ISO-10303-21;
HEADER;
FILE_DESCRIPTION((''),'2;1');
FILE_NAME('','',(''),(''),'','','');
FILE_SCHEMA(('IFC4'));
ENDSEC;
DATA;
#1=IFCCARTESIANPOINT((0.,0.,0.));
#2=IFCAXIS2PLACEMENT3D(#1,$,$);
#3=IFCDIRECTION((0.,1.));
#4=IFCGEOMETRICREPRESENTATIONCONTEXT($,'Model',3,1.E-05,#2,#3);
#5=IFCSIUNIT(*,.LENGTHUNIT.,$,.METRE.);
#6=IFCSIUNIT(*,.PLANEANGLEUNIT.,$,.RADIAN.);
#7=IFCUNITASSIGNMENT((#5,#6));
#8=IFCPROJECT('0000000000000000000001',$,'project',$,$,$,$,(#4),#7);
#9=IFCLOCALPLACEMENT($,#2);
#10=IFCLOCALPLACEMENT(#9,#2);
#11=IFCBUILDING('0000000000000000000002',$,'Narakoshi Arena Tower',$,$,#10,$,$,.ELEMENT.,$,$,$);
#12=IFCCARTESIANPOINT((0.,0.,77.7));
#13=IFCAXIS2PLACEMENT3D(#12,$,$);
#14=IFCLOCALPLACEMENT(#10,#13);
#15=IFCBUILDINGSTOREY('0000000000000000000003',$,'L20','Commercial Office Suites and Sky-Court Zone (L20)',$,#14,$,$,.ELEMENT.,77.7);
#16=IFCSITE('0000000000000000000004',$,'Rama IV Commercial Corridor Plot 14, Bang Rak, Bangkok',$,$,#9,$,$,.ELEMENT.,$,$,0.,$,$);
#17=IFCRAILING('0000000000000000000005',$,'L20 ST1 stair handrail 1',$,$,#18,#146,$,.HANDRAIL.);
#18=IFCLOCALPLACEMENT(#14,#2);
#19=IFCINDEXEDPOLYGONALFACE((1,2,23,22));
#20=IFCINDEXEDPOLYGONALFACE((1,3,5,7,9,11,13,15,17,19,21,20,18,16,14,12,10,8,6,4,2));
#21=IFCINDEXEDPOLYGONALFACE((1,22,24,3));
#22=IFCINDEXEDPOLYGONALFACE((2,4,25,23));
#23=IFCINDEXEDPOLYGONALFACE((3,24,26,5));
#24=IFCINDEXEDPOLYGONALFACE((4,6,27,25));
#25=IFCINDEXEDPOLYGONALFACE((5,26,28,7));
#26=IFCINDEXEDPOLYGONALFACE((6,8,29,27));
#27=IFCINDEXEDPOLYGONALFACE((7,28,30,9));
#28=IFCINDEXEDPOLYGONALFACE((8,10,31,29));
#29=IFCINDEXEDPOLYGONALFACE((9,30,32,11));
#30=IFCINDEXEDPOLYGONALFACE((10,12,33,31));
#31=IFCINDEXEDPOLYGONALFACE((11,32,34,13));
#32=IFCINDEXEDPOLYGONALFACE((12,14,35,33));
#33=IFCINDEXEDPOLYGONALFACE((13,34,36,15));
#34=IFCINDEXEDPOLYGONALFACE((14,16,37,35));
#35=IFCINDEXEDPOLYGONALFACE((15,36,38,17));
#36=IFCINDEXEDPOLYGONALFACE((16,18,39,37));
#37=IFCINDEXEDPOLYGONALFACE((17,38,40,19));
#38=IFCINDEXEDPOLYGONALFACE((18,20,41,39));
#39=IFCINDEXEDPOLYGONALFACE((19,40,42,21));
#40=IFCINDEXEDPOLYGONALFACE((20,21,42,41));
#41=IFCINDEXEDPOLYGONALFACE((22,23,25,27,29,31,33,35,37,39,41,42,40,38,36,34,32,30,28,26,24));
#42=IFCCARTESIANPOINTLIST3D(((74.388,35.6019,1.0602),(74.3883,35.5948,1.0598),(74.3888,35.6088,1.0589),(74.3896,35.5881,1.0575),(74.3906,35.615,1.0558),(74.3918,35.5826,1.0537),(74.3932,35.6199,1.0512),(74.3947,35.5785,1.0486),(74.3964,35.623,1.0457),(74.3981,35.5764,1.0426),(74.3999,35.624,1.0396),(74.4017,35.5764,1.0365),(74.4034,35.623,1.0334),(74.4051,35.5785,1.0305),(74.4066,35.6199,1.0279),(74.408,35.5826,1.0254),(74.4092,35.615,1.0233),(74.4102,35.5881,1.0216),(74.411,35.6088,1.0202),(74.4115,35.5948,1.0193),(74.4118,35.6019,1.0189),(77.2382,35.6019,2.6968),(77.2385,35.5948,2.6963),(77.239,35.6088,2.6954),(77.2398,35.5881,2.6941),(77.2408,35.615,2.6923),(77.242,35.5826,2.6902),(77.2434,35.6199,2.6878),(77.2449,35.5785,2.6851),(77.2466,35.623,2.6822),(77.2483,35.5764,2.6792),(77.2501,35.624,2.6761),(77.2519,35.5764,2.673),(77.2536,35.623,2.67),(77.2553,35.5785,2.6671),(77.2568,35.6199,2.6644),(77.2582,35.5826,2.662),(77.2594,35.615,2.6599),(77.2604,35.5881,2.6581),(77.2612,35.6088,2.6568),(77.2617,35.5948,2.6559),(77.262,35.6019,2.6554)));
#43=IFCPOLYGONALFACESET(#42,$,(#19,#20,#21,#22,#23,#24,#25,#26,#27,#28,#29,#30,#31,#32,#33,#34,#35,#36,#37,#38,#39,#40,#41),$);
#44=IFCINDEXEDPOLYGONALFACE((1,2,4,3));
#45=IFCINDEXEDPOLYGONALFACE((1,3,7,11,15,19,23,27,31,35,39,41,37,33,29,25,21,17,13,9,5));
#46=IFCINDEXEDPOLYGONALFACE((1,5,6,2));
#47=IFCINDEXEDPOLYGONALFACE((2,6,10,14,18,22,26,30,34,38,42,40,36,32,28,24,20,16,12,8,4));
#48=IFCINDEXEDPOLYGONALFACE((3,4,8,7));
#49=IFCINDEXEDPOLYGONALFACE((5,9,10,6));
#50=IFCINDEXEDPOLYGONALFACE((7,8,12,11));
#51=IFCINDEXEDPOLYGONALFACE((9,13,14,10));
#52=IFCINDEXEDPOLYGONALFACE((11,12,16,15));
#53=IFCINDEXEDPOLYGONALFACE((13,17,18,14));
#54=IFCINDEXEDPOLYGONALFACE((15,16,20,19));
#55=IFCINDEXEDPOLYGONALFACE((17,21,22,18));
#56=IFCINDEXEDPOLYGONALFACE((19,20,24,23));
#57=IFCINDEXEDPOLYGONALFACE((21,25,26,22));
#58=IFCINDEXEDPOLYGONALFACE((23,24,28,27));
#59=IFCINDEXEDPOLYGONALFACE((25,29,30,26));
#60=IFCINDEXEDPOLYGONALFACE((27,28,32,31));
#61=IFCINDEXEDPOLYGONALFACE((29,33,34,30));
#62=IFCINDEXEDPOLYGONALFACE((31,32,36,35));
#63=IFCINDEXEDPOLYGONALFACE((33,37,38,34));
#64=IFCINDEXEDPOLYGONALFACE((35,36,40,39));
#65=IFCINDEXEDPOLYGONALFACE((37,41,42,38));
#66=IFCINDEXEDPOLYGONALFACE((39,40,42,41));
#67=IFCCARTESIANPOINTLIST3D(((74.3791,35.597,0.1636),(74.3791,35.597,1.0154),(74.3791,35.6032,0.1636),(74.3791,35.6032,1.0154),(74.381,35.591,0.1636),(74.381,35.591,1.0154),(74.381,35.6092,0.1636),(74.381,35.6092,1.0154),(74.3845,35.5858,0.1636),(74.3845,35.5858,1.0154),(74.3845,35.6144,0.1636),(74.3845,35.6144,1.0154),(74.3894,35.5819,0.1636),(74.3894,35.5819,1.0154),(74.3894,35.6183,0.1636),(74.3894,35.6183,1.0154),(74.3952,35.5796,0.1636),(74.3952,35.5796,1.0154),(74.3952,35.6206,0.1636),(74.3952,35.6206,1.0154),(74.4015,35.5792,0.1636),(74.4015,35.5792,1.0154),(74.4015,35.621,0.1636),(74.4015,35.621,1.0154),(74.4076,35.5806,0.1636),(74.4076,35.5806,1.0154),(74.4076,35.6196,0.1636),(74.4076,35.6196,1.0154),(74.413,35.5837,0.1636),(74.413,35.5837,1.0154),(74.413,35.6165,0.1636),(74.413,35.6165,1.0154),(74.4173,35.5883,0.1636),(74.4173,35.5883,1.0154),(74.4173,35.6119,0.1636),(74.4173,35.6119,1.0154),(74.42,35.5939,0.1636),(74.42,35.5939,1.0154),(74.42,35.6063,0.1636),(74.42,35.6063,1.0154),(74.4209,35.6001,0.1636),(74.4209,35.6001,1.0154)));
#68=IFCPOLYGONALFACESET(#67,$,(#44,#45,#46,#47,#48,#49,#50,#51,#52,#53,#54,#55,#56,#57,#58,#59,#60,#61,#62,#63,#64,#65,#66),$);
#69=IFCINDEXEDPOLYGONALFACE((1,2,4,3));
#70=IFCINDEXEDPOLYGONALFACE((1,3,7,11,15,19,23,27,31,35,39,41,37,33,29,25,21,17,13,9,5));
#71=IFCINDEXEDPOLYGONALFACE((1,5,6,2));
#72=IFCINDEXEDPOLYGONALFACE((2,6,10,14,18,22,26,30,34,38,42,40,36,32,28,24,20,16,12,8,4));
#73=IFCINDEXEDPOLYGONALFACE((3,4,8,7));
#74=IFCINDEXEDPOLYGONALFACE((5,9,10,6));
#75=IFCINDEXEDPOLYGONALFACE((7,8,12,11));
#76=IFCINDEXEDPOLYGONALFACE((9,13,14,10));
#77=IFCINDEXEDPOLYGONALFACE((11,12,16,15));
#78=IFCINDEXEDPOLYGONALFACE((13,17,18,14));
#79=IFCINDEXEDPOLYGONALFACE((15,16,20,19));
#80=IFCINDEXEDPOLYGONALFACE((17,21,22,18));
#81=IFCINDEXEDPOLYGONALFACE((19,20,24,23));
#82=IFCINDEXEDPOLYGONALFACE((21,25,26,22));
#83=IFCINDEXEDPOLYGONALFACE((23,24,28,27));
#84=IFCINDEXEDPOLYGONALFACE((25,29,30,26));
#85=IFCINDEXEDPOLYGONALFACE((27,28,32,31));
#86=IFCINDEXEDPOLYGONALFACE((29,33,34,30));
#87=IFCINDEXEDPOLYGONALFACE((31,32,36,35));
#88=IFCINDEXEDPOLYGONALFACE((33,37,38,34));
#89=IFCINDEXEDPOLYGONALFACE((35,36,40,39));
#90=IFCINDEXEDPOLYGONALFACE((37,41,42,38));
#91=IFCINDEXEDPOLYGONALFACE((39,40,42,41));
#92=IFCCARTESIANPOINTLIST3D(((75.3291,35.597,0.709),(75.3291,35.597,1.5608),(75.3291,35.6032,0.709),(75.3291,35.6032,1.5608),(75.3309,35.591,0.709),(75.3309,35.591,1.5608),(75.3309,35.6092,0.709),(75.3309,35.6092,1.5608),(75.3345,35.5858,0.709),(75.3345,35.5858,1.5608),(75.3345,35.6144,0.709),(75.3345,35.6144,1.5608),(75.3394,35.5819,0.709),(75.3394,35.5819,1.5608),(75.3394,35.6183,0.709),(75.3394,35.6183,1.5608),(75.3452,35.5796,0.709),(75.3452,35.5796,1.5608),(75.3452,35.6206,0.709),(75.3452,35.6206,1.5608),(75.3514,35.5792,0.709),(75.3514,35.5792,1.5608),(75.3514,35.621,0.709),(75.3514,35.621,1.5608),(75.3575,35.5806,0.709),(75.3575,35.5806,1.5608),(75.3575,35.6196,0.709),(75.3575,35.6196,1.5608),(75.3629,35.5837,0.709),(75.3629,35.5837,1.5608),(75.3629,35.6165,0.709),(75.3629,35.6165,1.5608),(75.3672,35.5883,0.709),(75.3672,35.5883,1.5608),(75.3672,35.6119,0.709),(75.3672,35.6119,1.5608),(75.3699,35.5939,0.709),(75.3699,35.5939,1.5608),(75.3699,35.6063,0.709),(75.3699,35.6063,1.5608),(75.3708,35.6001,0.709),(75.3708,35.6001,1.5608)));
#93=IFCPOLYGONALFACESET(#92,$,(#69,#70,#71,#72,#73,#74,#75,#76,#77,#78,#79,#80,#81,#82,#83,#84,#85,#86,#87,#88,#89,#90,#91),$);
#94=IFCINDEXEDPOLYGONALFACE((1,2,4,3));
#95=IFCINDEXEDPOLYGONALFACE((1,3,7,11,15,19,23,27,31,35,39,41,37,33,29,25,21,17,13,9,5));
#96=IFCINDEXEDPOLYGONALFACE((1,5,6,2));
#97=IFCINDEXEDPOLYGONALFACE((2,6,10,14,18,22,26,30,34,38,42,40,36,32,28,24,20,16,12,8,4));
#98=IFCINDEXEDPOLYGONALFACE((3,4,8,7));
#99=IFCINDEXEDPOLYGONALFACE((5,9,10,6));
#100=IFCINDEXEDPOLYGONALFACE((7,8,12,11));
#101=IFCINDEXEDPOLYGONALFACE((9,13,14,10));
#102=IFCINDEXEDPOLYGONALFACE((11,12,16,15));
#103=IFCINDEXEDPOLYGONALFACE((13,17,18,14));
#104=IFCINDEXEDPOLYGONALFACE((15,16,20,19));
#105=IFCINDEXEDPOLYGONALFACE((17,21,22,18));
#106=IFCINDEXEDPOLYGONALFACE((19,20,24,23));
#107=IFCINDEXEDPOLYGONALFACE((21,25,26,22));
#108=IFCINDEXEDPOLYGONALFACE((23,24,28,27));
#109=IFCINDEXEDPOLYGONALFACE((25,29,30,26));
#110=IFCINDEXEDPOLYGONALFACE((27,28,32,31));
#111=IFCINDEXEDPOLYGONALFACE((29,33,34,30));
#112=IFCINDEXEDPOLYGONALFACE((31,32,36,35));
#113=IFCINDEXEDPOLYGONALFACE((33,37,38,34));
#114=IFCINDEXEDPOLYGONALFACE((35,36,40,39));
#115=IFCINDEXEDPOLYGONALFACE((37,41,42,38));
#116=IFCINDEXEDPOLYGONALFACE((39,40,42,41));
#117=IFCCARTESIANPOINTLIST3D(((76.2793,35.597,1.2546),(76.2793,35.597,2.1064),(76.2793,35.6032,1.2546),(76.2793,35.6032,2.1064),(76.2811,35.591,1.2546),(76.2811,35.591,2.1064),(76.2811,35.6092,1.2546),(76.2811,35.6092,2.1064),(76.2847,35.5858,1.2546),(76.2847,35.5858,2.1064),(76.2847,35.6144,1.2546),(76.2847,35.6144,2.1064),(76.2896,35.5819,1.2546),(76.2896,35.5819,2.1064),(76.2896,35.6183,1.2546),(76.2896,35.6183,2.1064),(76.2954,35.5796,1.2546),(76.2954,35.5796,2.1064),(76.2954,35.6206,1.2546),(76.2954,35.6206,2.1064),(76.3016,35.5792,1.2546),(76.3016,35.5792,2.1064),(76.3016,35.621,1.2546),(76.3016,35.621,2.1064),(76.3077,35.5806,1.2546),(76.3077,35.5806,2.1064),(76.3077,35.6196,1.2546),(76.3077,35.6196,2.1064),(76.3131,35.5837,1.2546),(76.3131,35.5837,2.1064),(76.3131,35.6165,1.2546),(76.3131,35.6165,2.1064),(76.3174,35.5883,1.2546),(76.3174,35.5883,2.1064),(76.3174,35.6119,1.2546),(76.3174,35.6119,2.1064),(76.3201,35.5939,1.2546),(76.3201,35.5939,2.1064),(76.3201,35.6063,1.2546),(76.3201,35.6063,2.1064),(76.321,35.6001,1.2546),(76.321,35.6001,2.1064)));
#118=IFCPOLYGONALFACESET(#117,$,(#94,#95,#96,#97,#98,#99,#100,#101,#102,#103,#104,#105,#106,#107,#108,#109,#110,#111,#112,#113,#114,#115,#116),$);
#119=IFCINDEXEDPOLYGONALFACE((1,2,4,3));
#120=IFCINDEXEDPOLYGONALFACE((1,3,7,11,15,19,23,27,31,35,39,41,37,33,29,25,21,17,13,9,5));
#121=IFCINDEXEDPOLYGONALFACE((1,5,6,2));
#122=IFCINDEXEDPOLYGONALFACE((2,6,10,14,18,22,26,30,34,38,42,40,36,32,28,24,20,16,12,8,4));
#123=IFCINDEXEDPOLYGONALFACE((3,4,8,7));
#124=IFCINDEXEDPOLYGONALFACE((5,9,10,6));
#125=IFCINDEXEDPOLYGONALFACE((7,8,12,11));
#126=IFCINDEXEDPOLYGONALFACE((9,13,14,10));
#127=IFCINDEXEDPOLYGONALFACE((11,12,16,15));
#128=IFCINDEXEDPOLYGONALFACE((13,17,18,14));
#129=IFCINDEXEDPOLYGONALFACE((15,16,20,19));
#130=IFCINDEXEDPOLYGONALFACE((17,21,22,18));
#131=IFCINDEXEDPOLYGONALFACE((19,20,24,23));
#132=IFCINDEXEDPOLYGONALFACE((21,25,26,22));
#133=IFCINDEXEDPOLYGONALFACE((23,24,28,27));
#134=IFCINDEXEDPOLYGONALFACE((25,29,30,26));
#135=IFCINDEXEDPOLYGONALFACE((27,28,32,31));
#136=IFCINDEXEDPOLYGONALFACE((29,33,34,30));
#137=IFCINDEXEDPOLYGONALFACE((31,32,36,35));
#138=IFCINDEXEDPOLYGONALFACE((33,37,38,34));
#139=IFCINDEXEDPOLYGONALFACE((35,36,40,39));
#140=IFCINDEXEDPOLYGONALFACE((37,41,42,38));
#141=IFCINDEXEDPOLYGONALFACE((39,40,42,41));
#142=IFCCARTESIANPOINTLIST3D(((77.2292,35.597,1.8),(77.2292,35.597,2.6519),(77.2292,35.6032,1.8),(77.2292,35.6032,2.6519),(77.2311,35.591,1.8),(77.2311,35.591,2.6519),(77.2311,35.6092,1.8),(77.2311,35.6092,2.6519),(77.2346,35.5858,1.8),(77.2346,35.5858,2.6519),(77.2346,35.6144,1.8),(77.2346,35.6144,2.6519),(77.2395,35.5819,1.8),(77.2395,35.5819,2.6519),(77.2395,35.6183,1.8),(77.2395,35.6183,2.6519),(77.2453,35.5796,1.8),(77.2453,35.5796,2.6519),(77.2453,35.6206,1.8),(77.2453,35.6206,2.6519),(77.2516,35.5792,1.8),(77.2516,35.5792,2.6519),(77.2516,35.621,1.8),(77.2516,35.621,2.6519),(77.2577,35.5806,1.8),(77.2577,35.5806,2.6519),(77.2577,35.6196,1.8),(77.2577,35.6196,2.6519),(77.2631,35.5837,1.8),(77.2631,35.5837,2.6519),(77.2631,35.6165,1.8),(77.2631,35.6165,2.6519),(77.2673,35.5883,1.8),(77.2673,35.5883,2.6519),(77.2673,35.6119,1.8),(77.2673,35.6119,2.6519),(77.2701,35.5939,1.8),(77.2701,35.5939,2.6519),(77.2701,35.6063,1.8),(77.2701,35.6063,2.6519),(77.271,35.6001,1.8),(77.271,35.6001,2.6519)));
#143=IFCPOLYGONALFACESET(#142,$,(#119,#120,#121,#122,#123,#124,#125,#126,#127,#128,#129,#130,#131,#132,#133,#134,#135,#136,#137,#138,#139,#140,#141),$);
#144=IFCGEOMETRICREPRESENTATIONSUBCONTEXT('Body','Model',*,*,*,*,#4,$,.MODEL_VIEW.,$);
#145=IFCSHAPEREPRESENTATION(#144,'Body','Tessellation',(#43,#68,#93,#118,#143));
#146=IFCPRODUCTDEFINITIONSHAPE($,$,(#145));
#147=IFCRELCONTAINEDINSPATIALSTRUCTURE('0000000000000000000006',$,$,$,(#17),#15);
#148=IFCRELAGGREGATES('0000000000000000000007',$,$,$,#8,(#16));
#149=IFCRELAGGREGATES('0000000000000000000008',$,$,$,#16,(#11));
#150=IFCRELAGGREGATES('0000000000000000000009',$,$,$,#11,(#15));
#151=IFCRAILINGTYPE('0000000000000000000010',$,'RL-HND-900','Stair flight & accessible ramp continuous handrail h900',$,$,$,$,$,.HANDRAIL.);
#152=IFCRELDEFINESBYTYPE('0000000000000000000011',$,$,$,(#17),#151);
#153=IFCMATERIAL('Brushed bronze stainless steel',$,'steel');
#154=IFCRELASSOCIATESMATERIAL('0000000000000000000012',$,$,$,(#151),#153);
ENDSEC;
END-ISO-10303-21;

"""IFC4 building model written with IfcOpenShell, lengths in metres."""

from ifc_helpers import new_model, si_unit, direction, frame, origin, origin_2d, place, context, subcontext, project, spatial, circle, extrude, material, type_object, element, save


model = new_model("IFC4")

# Units and contexts
model_context = context("Model", 3, precision=1e-05, world=origin(), true_north=direction((0.0, 1.0)))
body_context = subcontext(model_context, "Body", "Model", "MODEL_VIEW")
ifc_project = project(units=[si_unit("LENGTHUNIT", "METRE"), si_unit("PLANEANGLEUNIT", "RADIAN")], contexts=[model_context])

# Site, building, storey
site_placement = place(None, origin())
site = spatial("IfcSite", under=ifc_project, at=site_placement, Name="Rama IV Commercial Corridor Plot 14, Bang Rak, Bangkok", CompositionType="ELEMENT", RefElevation=0.0)
building_placement = place(site_placement, origin())
building = spatial("IfcBuilding", under=site, at=building_placement, Name="Narakoshi Arena Tower", CompositionType="ELEMENT")
storey_placement = place(building_placement, frame((0.0, 0.0, 77.7)))
storey = spatial("IfcBuildingStorey", under=building, at=storey_placement, Name="L20", Description="Commercial Office Suites and Sky-Court Zone (L20)", CompositionType="ELEMENT", Elevation=77.7)

# Railing
ifc_material_1 = material(Name="Brushed bronze stainless steel", Category="steel")
railing_type_1 = type_object("IfcRailingType", Name="RL-HND-900", Description="Stair flight & accessible ramp continuous handrail h900", PredefinedType="HANDRAIL", material=ifc_material_1)
railing_1_placement = place(storey_placement, frame((74.3999, 35.6001, 0.1636)))
element("IfcRailing", 1, at=railing_1_placement, inside=storey, type_object=railing_type_1, Name="L20 ST1 stair handrail 1", PredefinedType="HANDRAIL", context=body_context, shape_type="SweptSolid", body=[
    extrude(circle(Radius=0.0239, at=origin_2d()), frame((0.0, 0.0, 0.876), z_axis=(0.867213, 0.0, 0.497938), x_axis=(0.0, 1.0, 0.0)), (0.0, 0.0, 1.0), 3.2866),
    extrude(circle(Radius=0.021, at=origin_2d()), origin(), (0.0, 0.0, 1.0), 0.8518),
    extrude(circle(Radius=0.021, at=origin_2d()), frame((0.95, 0.0, 0.5454)), (0.0, 0.0, 1.0), 0.8518),
    extrude(circle(Radius=0.021, at=origin_2d()), frame((1.9001, 0.0, 1.0911)), (0.0, 0.0, 1.0), 0.8518),
    extrude(circle(Radius=0.021, at=origin_2d()), frame((2.8501, 0.0, 1.6365)), (0.0, 0.0, 1.0), 0.8518),
])

save(model, "model.ifc")
